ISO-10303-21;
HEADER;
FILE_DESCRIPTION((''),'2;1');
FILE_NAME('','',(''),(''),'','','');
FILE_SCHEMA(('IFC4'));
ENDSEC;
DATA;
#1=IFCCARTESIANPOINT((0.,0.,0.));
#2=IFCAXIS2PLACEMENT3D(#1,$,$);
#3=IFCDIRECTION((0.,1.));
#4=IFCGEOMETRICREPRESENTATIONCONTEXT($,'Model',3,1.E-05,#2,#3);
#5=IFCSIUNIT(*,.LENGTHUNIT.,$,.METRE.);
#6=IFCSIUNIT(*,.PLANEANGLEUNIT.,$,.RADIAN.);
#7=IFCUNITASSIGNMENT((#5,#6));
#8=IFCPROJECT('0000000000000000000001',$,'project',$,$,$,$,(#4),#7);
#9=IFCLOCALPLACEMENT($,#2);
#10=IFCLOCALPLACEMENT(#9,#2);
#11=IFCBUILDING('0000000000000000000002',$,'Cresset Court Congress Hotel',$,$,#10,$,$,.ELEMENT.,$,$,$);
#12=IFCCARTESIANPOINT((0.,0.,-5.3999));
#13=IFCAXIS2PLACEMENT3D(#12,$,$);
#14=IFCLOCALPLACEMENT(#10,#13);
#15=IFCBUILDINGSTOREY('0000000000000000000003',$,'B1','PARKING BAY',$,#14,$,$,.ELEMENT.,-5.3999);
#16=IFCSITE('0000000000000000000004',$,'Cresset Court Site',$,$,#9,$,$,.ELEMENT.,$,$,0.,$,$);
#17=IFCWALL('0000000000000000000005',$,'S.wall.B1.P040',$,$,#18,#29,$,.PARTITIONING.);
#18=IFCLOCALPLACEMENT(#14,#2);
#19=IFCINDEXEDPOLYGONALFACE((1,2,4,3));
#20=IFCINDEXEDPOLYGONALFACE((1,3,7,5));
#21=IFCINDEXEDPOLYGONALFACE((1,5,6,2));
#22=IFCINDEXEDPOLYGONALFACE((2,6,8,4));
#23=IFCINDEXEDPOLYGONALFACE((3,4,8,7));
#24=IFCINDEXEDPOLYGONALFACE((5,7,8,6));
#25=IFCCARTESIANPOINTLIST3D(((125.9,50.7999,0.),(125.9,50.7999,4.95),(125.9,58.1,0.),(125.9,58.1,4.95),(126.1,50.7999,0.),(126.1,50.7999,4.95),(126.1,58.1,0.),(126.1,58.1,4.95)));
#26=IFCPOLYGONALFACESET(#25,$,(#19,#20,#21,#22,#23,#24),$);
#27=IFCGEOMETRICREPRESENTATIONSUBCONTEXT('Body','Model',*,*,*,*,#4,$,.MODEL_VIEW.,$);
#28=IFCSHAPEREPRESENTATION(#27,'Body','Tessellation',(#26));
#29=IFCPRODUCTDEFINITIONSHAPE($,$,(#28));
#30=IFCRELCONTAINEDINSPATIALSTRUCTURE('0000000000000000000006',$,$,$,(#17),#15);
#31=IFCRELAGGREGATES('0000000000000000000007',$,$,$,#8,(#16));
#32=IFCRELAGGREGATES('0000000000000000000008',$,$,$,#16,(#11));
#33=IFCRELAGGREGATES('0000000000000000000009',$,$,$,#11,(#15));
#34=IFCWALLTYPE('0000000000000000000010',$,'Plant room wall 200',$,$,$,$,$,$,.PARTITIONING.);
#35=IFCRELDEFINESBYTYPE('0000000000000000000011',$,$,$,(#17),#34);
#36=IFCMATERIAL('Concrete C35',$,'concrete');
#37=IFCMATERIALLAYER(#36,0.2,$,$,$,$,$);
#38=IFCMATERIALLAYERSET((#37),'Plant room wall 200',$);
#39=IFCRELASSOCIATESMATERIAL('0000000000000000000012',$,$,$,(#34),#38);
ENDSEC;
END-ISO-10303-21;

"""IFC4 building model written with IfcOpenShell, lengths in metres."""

from ifc_helpers import new_model, si_unit, direction, frame, frame_2d, origin, place, context, subcontext, project, spatial, rectangle, extrude, material, layer, layer_set, type_object, element, save


model = new_model("IFC4")

# Units and contexts
model_context = context("Model", 3, precision=1e-05, world=origin(), true_north=direction((0.0, 1.0)))
body_context = subcontext(model_context, "Body", "Model", "MODEL_VIEW")
ifc_project = project(units=[si_unit("LENGTHUNIT", "METRE"), si_unit("PLANEANGLEUNIT", "RADIAN")], contexts=[model_context])

# Site, building, storey
site_placement = place(None, origin())
site = spatial("IfcSite", under=ifc_project, at=site_placement, Name="Cresset Court Site", CompositionType="ELEMENT", RefElevation=0.0)
building_placement = place(site_placement, origin())
building = spatial("IfcBuilding", under=site, at=building_placement, Name="Cresset Court Congress Hotel", CompositionType="ELEMENT")
storey_placement = place(building_placement, frame((0.0, 0.0, -5.3999)))
storey = spatial("IfcBuildingStorey", under=building, at=storey_placement, Name="B1", Description="PARKING BAY", CompositionType="ELEMENT", Elevation=-5.3999)

# Wall
ifc_material_1 = material(Name="Concrete C35", Category="concrete")
ifc_layer = layer(ifc_material_1, 0.2)
ifc_layer_set = layer_set([ifc_layer], Name="Plant room wall 200")
wall_type = type_object("IfcWallType", Name="Plant room wall 200", PredefinedType="PARTITIONING", material=ifc_layer_set)
wall_1_placement = place(storey_placement, frame((126.0, 50.8, 0.0), z_axis=(0.0, 0.0, 1.0), x_axis=(0.0, 1.0, 0.0)))
element("IfcWall", 1, at=wall_1_placement, inside=storey, type_object=wall_type, Name="S.wall.B1.P040", PredefinedType="PARTITIONING", context=body_context, shape_type="SweptSolid", body=[
    extrude(rectangle(XDim=7.3, YDim=0.2, at=frame_2d((3.6499, 0.0))), origin(), (0.0, 0.0, 1.0), 4.95),
])

save(model, "model.ifc")
